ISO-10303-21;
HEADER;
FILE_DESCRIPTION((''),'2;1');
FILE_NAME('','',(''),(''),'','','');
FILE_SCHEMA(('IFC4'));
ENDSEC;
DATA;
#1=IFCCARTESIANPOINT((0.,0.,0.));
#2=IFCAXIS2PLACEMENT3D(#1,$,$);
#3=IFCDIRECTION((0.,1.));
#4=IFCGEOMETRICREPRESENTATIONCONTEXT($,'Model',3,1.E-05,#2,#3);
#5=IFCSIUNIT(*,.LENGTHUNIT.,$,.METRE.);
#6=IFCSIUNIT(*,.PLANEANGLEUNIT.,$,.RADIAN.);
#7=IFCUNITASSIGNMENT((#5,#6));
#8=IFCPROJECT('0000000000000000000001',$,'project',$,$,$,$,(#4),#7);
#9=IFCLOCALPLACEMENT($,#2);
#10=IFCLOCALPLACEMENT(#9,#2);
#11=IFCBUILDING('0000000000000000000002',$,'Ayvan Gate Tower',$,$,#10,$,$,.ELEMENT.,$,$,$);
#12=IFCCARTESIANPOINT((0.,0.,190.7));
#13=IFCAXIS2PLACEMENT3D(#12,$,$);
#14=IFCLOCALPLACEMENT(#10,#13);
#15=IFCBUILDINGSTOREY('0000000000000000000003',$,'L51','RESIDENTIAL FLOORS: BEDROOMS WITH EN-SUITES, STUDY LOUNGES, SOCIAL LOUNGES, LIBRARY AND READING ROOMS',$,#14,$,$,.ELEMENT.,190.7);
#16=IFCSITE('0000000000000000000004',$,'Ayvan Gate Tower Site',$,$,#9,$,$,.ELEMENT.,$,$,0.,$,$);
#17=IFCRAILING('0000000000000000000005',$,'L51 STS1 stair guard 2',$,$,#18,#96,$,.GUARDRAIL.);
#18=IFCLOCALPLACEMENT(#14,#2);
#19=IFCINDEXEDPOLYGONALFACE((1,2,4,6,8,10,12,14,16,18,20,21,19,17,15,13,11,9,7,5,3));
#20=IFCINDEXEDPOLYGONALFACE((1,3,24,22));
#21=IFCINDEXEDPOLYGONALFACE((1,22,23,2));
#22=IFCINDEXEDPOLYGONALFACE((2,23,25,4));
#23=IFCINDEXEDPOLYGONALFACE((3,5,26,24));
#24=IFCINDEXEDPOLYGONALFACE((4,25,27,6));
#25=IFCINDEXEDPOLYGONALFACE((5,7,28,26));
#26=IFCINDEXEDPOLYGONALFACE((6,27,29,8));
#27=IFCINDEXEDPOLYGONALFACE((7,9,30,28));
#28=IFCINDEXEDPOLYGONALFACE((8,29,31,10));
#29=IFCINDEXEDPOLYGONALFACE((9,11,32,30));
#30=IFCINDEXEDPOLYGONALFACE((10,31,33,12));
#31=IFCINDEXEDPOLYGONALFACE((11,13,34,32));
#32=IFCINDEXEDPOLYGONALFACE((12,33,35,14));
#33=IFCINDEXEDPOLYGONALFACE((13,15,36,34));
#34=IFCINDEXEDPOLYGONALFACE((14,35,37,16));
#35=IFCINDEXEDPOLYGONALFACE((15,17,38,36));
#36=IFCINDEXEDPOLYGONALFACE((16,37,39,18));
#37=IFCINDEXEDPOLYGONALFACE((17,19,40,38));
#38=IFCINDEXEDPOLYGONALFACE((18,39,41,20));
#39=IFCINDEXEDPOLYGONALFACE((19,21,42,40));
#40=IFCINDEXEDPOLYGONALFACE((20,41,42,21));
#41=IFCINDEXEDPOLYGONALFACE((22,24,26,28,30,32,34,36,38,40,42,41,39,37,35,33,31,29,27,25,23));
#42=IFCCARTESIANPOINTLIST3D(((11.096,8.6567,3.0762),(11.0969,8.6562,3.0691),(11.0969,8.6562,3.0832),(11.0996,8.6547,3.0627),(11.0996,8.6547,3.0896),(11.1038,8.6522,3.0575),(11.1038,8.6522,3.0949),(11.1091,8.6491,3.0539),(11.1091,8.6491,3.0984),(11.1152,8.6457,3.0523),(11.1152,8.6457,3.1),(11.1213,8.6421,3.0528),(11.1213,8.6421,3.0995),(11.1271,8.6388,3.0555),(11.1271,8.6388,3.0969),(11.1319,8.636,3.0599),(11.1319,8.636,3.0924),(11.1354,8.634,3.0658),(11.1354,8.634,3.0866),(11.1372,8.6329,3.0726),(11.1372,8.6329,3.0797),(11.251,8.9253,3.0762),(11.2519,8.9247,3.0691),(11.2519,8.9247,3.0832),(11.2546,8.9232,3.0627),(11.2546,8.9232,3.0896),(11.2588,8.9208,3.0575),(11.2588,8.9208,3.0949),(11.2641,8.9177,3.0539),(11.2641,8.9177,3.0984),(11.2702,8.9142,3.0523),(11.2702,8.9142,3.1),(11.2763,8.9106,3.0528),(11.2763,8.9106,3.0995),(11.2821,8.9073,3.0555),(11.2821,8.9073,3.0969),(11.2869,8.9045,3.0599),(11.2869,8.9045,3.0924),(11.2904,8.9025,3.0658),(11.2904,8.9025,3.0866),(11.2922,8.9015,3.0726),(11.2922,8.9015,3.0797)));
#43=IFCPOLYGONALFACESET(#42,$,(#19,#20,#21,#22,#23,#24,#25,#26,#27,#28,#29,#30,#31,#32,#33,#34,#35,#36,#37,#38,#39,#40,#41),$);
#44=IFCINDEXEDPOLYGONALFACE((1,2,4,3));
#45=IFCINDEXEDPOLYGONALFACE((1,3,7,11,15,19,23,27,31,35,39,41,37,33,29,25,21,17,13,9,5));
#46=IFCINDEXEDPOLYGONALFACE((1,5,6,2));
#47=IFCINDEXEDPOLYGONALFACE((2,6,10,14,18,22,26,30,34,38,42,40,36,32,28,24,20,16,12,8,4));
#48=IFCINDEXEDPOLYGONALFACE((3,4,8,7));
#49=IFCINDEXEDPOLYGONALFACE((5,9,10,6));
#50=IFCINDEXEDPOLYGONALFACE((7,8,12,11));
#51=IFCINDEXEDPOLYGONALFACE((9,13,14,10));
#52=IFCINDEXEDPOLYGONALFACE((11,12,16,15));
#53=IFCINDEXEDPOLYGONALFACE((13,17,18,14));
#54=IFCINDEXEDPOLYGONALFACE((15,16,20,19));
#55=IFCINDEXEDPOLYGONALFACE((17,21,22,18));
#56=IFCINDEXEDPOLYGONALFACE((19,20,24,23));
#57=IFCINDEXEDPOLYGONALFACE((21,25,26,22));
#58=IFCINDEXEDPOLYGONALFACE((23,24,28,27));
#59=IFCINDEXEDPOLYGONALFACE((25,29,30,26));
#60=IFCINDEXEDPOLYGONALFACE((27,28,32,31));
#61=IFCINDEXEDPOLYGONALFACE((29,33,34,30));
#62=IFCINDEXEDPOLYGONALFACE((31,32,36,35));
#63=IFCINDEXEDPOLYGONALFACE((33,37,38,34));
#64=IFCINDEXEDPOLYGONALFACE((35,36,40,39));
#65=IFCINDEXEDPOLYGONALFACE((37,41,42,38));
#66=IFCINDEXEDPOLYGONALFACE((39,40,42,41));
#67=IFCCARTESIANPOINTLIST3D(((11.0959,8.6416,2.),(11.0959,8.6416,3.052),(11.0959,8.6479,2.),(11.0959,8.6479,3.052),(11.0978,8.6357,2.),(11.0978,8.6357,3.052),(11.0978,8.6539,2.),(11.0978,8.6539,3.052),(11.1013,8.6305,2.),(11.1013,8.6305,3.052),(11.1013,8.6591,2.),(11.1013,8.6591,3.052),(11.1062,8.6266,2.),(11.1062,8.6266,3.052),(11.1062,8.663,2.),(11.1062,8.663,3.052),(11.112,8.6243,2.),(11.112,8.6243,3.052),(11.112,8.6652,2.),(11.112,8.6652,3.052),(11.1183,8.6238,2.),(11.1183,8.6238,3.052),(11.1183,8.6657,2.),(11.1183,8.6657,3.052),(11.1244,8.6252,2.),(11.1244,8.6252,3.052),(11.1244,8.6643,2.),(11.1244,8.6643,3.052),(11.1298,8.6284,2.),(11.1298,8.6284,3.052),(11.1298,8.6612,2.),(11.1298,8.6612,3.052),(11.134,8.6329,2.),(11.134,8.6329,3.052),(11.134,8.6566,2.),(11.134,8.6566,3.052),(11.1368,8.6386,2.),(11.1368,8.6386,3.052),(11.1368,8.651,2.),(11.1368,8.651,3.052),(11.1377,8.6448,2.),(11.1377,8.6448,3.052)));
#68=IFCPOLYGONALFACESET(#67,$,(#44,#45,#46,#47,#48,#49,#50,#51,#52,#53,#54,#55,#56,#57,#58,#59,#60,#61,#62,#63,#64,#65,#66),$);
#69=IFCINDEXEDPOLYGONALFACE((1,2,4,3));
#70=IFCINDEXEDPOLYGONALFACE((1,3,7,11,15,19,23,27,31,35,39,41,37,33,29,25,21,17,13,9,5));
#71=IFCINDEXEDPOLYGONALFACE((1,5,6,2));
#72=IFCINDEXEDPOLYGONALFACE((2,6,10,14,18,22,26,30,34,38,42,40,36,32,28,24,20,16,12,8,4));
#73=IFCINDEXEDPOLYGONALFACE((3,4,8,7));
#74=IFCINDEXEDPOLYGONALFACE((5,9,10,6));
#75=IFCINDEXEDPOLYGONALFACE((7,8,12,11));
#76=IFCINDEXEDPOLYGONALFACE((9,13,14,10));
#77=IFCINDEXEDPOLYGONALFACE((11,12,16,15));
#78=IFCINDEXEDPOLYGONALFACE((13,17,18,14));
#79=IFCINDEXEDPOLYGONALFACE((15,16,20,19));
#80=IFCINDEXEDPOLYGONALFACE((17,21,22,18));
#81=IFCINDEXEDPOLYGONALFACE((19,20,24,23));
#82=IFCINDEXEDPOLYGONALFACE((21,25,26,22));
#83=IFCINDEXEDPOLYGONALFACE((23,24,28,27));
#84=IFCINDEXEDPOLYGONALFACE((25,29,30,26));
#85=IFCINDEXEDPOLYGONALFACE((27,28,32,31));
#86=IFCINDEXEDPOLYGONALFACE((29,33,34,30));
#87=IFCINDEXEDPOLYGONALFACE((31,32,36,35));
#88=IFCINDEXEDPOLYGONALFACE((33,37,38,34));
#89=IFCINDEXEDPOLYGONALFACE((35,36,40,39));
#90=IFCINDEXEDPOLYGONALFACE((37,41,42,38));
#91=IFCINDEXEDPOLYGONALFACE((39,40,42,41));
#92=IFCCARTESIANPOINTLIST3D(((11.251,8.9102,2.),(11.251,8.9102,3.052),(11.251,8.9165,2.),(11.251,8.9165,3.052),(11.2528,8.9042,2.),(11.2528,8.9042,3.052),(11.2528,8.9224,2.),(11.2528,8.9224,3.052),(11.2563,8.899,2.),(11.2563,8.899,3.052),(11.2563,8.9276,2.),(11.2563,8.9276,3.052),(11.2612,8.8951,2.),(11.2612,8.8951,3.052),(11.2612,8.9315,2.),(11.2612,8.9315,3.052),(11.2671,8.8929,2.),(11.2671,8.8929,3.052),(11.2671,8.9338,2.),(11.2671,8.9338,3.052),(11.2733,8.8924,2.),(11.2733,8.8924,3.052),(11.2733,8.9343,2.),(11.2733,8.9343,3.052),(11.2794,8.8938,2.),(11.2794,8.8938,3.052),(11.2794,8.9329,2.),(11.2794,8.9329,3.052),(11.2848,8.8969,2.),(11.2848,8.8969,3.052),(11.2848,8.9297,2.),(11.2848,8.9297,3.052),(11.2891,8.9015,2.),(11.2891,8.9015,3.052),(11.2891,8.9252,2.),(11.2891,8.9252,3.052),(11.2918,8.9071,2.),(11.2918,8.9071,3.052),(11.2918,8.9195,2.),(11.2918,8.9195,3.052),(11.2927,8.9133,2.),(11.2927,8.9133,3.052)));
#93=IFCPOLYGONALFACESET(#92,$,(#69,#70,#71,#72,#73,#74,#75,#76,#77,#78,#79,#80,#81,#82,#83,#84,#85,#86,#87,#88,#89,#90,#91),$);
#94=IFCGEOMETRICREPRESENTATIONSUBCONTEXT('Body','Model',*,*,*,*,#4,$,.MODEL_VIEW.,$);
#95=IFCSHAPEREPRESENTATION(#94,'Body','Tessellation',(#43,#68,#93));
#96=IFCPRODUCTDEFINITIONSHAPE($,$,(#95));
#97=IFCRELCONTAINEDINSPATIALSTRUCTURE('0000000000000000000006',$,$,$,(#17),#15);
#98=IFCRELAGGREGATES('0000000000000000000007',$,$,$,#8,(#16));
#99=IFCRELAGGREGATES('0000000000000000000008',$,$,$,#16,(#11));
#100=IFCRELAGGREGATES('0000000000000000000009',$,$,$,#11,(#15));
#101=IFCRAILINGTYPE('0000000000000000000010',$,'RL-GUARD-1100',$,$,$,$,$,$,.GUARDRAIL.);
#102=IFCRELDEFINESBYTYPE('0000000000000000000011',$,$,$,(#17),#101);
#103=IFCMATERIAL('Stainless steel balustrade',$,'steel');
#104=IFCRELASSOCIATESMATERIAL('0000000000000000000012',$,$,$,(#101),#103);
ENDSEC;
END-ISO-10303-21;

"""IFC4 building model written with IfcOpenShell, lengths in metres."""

from ifc_helpers import new_model, si_unit, direction, frame, origin, origin_2d, place, context, subcontext, project, spatial, circle, extrude, material, type_object, element, save


model = new_model("IFC4")

# Units and contexts
model_context = context("Model", 3, precision=1e-05, world=origin(), true_north=direction((0.0, 1.0)))
body_context = subcontext(model_context, "Body", "Model", "MODEL_VIEW")
ifc_project = project(units=[si_unit("LENGTHUNIT", "METRE"), si_unit("PLANEANGLEUNIT", "RADIAN")], contexts=[model_context])

# Site, building, storey
site_placement = place(None, origin())
site = spatial("IfcSite", under=ifc_project, at=site_placement, Name="Ayvan Gate Tower Site", CompositionType="ELEMENT", RefElevation=0.0)
building_placement = place(site_placement, origin())
building = spatial("IfcBuilding", under=site, at=building_placement, Name="Ayvan Gate Tower", CompositionType="ELEMENT")
storey_placement = place(building_placement, frame((0.0, 0.0, 190.7)))
storey = spatial("IfcBuildingStorey", under=building, at=storey_placement, Name="L51", Description="RESIDENTIAL FLOORS: BEDROOMS WITH EN-SUITES, STUDY LOUNGES, SOCIAL LOUNGES, LIBRARY AND READING ROOMS", CompositionType="ELEMENT", Elevation=190.7)

# Railing
ifc_material_1 = material(Name="Stainless steel balustrade", Category="steel")
railing_type_1 = type_object("IfcRailingType", Name="RL-GUARD-1100", PredefinedType="GUARDRAIL", material=ifc_material_1)
railing_1_placement = place(storey_placement, frame((11.1167, 8.6448, 2.0)))
element("IfcRailing", 1, at=railing_1_placement, inside=storey, type_object=railing_type_1, Name="L51 STS1 stair guard 2", PredefinedType="GUARDRAIL", context=body_context, shape_type="SweptSolid", body=[
    extrude(circle(Radius=0.0239, at=origin_2d()), frame((0.0, 0.0, 1.0762), z_axis=(0.49995, 0.866054, 0.0), x_axis=(-0.866054, 0.49995, 0.0)), (0.0, 0.0, 1.0), 0.3101),
    extrude(circle(Radius=0.021, at=origin_2d()), origin(), (0.0, 0.0, 1.0), 1.052),
    extrude(circle(Radius=0.021, at=origin_2d()), frame((0.155, 0.2686, 0.0)), (0.0, 0.0, 1.0), 1.052),
])

save(model, "model.ifc")
